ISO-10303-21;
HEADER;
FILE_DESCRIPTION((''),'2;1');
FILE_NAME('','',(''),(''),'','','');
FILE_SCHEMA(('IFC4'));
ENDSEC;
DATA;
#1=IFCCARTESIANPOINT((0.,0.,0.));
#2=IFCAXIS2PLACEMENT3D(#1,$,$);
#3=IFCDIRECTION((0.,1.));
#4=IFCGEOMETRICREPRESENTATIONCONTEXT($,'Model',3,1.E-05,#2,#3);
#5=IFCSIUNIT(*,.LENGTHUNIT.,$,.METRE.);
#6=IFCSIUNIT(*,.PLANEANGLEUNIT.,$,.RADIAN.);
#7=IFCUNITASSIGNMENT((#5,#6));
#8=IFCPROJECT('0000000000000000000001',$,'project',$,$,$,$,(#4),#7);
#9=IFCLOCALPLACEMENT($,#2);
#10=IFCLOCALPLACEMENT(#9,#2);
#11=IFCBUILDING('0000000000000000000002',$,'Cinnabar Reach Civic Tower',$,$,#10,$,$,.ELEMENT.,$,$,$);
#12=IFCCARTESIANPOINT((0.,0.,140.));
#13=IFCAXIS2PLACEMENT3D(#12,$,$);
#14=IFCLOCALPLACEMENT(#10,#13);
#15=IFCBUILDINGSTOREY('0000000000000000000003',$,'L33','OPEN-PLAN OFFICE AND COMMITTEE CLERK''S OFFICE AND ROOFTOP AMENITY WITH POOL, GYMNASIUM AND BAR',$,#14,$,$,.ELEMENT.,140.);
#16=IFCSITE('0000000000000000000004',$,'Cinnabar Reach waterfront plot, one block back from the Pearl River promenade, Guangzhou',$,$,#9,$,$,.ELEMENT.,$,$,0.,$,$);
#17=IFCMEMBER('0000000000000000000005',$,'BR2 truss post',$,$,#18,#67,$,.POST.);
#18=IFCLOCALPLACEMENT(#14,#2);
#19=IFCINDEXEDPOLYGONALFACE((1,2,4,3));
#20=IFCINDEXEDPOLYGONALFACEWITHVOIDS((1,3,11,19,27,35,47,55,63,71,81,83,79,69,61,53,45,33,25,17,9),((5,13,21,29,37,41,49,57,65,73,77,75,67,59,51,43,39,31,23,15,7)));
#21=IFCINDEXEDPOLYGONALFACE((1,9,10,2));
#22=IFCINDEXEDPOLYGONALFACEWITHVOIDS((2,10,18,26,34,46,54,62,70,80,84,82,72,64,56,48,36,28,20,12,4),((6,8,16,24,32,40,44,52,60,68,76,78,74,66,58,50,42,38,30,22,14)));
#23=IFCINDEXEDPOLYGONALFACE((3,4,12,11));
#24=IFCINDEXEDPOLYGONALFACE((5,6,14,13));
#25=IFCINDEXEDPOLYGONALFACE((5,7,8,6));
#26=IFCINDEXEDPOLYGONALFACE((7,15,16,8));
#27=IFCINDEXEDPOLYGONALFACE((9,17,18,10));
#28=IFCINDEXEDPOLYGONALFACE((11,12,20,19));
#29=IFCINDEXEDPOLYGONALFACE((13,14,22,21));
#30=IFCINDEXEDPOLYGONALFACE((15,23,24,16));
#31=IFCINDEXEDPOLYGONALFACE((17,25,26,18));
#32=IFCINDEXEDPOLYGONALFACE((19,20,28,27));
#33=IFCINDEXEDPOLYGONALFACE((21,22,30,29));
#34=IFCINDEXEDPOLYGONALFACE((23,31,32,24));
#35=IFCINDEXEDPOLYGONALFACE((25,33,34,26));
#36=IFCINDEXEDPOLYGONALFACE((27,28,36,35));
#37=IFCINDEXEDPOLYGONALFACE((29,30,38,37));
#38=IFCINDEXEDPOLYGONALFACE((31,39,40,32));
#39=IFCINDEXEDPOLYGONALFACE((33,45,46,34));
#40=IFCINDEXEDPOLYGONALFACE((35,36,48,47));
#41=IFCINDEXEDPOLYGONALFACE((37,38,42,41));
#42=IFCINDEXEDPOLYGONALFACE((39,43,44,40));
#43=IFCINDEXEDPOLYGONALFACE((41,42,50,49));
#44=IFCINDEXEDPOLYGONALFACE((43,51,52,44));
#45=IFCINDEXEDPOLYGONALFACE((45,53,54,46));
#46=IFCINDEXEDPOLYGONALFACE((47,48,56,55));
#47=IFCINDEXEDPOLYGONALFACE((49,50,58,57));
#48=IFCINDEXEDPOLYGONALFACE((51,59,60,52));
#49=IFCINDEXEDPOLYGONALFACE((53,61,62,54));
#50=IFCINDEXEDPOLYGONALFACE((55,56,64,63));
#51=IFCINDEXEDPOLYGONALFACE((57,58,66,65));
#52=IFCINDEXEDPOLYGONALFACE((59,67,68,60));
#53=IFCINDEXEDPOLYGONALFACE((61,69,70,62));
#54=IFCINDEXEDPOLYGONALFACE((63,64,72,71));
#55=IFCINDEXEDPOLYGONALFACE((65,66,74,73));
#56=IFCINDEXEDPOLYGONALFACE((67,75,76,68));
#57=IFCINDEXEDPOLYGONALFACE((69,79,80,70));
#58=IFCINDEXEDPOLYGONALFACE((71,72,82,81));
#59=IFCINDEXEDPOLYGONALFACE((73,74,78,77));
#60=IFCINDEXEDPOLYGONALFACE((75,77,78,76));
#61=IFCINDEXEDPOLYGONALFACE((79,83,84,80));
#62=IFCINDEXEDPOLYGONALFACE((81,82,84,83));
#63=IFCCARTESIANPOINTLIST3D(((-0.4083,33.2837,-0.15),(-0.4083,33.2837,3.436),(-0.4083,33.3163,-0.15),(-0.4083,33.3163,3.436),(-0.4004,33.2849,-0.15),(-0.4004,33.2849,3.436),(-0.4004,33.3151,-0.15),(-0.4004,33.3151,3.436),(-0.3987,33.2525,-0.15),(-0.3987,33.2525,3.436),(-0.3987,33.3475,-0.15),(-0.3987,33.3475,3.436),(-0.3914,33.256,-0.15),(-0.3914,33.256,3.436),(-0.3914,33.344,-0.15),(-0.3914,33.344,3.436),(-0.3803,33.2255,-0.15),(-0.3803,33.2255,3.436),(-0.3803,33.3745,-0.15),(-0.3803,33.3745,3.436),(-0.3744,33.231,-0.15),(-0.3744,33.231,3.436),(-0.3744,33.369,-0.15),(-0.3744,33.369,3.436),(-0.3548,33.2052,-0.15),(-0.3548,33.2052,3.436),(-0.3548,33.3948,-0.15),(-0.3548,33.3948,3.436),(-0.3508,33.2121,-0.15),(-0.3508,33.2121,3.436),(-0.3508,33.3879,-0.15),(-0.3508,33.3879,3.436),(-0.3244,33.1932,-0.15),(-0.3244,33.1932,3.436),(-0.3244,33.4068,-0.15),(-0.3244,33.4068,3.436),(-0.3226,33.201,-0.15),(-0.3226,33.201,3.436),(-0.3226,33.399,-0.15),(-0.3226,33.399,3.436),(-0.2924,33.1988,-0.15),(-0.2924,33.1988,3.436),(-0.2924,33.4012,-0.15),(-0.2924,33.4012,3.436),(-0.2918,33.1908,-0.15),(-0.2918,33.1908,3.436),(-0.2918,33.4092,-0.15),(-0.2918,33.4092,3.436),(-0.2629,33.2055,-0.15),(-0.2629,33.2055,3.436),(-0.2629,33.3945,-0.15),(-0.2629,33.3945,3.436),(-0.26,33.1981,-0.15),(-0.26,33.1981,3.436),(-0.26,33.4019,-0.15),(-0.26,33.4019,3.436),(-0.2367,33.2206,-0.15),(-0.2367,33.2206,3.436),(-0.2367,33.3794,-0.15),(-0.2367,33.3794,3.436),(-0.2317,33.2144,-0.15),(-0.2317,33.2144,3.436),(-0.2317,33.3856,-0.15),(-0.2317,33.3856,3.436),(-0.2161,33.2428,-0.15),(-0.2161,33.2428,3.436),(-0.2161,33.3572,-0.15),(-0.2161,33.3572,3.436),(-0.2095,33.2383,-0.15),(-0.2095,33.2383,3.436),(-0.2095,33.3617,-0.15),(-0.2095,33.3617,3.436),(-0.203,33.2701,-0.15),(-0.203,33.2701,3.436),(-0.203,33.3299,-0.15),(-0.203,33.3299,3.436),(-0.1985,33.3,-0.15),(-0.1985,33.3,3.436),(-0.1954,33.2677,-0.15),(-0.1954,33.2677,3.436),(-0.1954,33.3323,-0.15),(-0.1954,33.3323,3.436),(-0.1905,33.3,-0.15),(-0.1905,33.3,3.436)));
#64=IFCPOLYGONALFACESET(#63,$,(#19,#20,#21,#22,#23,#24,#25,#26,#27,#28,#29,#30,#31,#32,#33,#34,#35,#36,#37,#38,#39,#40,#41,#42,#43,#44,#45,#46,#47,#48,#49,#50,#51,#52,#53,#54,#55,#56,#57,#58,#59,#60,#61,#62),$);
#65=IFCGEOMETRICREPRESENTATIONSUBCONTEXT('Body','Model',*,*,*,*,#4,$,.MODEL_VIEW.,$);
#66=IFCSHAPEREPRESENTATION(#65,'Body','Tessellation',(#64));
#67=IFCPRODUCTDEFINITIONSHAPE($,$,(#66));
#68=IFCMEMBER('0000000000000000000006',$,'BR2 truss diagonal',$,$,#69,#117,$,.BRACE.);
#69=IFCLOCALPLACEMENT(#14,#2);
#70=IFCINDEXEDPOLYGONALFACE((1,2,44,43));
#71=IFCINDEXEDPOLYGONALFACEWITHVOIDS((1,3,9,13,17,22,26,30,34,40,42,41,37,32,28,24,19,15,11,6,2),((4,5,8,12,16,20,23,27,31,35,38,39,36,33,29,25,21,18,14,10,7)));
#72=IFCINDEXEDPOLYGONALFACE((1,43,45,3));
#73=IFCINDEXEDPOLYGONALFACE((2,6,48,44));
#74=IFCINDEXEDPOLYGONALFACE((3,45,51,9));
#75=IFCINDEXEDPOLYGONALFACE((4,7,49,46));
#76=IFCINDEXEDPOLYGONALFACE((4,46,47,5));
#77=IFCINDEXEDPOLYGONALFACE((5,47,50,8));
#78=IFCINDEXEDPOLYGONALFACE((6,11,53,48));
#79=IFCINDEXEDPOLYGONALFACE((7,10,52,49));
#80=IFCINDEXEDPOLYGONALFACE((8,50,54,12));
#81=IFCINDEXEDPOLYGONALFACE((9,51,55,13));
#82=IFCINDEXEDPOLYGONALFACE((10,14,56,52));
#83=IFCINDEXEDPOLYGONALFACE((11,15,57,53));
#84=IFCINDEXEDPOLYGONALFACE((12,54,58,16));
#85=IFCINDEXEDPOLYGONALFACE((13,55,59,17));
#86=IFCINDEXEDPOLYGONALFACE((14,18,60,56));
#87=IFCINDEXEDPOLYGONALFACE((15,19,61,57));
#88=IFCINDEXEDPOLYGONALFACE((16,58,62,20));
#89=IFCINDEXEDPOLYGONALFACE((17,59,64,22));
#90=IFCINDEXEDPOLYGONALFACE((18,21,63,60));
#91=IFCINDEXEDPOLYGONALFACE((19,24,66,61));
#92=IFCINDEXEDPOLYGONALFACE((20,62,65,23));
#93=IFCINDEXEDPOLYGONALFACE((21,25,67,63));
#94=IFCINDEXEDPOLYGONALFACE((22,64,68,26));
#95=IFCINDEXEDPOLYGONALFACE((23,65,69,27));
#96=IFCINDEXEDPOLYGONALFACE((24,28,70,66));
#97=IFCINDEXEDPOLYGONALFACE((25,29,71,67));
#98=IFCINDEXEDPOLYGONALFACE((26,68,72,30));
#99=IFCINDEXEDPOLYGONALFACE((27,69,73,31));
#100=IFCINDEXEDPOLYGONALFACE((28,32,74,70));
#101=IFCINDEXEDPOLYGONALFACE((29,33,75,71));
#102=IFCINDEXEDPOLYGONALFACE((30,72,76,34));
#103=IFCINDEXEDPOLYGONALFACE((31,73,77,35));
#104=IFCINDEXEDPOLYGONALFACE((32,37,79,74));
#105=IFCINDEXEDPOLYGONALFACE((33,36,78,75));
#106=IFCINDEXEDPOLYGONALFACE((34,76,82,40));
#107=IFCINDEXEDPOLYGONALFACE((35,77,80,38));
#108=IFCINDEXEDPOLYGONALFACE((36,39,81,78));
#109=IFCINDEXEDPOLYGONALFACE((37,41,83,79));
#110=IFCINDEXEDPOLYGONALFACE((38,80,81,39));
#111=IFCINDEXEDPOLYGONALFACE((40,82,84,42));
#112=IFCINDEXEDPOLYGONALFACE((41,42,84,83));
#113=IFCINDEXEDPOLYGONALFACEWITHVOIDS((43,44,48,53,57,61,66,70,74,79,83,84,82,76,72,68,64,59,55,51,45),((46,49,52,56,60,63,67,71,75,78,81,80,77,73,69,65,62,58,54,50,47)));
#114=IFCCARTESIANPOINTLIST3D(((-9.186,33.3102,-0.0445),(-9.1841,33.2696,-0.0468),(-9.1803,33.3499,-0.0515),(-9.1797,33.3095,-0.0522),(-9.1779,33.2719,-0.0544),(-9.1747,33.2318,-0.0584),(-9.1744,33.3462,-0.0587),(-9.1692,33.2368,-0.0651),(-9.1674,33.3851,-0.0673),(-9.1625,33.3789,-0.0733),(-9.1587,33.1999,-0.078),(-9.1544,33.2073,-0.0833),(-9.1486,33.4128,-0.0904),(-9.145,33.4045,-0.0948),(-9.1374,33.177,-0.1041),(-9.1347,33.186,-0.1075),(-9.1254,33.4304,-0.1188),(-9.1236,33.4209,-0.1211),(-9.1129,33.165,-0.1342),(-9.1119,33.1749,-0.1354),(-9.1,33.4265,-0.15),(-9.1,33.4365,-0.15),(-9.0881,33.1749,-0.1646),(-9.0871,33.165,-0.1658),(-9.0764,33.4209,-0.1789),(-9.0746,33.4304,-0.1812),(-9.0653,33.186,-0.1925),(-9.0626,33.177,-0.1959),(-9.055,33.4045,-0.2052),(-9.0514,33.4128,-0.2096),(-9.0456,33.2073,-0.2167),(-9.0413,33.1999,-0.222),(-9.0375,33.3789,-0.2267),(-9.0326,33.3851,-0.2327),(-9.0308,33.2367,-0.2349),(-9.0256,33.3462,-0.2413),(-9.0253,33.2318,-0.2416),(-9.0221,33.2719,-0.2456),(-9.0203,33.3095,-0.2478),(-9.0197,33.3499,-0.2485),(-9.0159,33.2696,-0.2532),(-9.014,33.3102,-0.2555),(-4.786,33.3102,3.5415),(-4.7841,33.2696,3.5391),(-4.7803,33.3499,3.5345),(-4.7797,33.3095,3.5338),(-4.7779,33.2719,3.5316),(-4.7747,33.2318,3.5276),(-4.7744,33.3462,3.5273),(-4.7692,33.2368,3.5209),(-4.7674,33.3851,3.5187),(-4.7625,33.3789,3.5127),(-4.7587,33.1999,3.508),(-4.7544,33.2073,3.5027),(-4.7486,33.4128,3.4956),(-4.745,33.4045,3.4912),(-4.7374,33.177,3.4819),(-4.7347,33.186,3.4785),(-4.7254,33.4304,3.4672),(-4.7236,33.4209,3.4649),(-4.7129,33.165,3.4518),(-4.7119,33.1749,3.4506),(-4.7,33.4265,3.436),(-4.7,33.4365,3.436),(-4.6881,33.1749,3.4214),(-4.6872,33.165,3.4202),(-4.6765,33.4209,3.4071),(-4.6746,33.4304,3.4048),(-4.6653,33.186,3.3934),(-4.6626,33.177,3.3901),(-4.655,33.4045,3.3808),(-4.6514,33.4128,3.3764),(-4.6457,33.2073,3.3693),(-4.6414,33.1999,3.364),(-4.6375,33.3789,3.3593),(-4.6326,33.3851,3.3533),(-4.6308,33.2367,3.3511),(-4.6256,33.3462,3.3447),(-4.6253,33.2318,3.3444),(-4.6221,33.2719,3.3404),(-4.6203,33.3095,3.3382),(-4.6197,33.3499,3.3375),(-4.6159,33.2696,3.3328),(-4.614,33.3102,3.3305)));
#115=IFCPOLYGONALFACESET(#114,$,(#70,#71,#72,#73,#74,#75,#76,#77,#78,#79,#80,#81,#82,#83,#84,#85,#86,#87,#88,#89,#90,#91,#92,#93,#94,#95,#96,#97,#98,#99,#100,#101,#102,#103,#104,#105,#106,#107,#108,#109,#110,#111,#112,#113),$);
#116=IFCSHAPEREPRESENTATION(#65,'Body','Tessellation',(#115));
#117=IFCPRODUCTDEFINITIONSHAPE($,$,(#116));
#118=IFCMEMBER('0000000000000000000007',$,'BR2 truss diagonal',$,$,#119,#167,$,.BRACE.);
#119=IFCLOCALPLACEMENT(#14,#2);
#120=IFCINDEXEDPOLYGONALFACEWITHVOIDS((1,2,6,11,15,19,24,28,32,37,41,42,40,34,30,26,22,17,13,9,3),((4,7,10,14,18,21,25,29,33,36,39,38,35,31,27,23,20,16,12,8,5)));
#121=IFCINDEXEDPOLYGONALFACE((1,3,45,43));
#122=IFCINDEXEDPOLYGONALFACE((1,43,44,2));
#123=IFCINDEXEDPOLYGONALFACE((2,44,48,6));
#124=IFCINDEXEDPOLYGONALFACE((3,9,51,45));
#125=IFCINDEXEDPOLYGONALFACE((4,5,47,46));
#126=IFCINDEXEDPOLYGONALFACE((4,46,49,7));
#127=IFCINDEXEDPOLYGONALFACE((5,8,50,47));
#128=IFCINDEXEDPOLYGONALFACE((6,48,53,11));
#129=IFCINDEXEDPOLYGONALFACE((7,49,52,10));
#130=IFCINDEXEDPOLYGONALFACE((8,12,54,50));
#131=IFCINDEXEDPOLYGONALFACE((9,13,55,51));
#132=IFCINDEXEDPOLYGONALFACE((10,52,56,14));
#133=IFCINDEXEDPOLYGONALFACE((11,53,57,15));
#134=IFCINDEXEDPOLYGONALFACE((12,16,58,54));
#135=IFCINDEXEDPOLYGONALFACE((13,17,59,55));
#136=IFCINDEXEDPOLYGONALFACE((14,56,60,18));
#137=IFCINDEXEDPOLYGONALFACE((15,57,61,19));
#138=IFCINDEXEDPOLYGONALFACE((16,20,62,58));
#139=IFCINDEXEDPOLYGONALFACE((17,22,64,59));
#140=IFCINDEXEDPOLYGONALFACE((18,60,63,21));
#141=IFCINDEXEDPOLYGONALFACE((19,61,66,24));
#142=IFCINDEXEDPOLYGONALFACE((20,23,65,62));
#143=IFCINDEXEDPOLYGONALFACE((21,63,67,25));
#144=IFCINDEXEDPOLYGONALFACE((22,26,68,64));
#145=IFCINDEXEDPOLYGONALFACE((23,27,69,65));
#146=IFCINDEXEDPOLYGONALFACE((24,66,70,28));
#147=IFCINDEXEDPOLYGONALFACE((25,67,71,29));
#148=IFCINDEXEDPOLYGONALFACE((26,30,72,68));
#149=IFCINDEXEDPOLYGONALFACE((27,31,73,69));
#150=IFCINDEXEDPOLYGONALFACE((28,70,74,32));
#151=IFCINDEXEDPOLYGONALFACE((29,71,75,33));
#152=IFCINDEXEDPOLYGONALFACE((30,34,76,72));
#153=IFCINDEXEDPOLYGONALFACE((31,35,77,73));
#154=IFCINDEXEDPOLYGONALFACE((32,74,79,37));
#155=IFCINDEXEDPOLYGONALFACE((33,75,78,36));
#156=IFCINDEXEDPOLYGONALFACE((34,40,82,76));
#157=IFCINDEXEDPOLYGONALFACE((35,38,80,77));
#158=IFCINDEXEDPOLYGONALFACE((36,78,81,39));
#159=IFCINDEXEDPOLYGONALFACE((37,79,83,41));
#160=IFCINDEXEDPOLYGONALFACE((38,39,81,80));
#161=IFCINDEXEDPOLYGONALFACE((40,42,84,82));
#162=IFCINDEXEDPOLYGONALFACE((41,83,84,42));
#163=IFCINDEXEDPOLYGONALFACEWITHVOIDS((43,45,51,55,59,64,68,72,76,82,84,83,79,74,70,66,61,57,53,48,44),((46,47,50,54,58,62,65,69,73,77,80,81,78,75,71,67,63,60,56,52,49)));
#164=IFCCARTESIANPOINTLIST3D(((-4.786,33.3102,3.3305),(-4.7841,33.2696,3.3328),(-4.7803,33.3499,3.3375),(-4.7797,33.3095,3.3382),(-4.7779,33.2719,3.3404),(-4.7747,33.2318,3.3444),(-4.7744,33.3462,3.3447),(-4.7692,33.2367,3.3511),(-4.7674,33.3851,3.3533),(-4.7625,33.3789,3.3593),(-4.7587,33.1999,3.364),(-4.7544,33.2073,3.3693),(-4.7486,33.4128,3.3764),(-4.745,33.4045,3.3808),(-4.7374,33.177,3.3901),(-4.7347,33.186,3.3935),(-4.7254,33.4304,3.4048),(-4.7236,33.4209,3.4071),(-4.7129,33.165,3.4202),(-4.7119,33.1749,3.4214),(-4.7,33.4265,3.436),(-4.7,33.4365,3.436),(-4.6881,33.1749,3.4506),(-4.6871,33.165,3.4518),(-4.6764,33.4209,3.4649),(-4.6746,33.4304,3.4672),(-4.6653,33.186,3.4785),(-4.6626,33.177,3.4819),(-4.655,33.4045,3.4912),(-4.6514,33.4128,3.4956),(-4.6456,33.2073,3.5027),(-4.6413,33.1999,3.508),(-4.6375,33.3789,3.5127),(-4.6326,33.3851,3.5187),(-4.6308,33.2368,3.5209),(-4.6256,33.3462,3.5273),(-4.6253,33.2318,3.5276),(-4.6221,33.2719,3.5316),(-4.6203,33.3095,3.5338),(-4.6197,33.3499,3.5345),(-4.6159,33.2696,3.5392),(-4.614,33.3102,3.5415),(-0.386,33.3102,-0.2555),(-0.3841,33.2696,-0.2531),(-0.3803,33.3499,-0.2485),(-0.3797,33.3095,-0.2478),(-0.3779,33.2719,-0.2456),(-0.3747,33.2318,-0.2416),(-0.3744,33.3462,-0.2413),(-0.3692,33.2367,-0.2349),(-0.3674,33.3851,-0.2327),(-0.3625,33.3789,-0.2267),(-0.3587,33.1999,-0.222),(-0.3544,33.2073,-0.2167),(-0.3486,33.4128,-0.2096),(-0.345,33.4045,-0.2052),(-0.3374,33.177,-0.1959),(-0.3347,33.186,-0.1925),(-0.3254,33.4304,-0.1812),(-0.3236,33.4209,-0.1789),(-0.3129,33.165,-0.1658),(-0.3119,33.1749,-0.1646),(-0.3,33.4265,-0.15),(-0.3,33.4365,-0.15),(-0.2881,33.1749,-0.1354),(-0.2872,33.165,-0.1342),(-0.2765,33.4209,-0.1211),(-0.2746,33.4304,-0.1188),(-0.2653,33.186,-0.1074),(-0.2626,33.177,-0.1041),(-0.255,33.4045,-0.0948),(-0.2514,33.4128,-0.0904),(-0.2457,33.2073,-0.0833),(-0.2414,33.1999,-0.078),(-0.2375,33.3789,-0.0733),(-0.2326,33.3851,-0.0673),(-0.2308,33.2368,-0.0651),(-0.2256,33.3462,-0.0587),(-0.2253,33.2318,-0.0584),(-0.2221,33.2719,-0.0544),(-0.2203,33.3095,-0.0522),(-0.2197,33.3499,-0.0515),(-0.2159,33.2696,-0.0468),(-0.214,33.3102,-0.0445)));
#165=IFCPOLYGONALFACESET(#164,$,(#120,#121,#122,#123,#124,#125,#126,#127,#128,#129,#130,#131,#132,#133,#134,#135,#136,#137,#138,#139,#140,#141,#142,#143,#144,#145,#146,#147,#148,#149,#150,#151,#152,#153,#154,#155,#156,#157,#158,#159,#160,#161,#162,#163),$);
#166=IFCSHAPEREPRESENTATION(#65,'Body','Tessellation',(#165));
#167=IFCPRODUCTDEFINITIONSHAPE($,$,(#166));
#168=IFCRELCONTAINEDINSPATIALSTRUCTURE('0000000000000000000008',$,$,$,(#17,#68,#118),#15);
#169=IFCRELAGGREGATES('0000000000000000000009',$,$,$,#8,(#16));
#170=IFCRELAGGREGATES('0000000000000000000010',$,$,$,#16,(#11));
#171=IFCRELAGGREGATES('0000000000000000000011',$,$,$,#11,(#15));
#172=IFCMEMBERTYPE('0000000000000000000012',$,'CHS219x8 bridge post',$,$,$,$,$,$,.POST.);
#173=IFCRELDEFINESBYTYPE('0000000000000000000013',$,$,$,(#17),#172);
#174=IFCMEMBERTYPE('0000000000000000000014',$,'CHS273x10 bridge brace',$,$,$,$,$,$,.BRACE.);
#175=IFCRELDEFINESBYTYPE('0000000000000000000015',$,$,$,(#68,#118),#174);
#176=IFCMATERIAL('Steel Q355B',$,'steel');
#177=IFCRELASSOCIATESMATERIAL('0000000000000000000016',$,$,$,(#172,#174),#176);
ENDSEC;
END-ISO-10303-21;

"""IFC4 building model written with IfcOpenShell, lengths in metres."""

from ifc_helpers import new_model, si_unit, direction, frame, origin, origin_2d, place, context, subcontext, project, spatial, hollow_circle, extrude, material, material_profile, profile_set, type_object, element, save


model = new_model("IFC4")

# Units and contexts
model_context = context("Model", 3, precision=1e-05, world=origin(), true_north=direction((0.0, 1.0)))
body_context = subcontext(model_context, "Body", "Model", "MODEL_VIEW")
ifc_project = project(units=[si_unit("LENGTHUNIT", "METRE"), si_unit("PLANEANGLEUNIT", "RADIAN")], contexts=[model_context])

# Site, building, storey
site_placement = place(None, origin())
site = spatial("IfcSite", under=ifc_project, at=site_placement, Name="Cinnabar Reach waterfront plot, one block back from the Pearl River promenade, Guangzhou", CompositionType="ELEMENT", RefElevation=0.0)
building_placement = place(site_placement, origin())
building = spatial("IfcBuilding", under=site, at=building_placement, Name="Cinnabar Reach Civic Tower", CompositionType="ELEMENT")
storey_placement = place(building_placement, frame((0.0, 0.0, 140.0)))
storey = spatial("IfcBuildingStorey", under=building, at=storey_placement, Name="L33", Description="OPEN-PLAN OFFICE AND COMMITTEE CLERK'S OFFICE AND ROOFTOP AMENITY WITH POOL, GYMNASIUM AND BAR", CompositionType="ELEMENT", Elevation=140.0)

# Members
ifc_material_1 = material(Name="Steel Q355B", Category="steel")
ifc_material_profile_1 = material_profile(ifc_material_1, hollow_circle(Radius=0.1095, WallThickness=0.008, at=origin_2d()), Name="CHS219x8")
ifc_profile_set_1 = profile_set([ifc_material_profile_1], Name="Steel Q355B")
member_type_1 = type_object("IfcMemberType", Name="CHS219x8 bridge post", PredefinedType="POST", material=ifc_profile_set_1)
for number, where, z_axis, x_axis, name in (
    (1, (-0.3, 33.3, -0.15), (0.0, 0.0, 1.0), (1.0, 0.0, 0.0), "BR2 truss post"),
):
    element("IfcMember", number, at=place(storey_placement, frame(where, z_axis=z_axis, x_axis=x_axis)), inside=storey, type_object=member_type_1, Name=name, PredefinedType="POST", context=body_context, shape_type="SweptSolid", body=[
        extrude(hollow_circle(Radius=0.1095, WallThickness=0.008, at=origin_2d()), origin(), (0.0, 0.0, 1.0), 3.586),
    ])
ifc_material_profile_2 = material_profile(ifc_material_1, hollow_circle(Radius=0.1365, WallThickness=0.01, at=origin_2d()), Name="CHS273x10")
ifc_profile_set_2 = profile_set([ifc_material_profile_2], Name="Steel Q355B")
member_type_2 = type_object("IfcMemberType", Name="CHS273x10 bridge brace", PredefinedType="BRACE", material=ifc_profile_set_2)
for number, where, z_axis, x_axis, name in (
    (2, (-9.1, 33.3, -0.15), (0.775165, 0.0, 0.631759), (0.0, 1.0, 0.0), "BR2 truss diagonal"),
    (3, (-4.7, 33.3, 3.436), (0.775165, 0.0, -0.631759), (0.0, 1.0, 0.0), "BR2 truss diagonal"),
):
    element("IfcMember", number, at=place(storey_placement, frame(where, z_axis=z_axis, x_axis=x_axis)), inside=storey, type_object=member_type_2, Name=name, PredefinedType="BRACE", context=body_context, shape_type="SweptSolid", body=[
        extrude(hollow_circle(Radius=0.1365, WallThickness=0.01, at=origin_2d()), origin(), (0.0, 0.0, 1.0), 5.6762),
    ])

save(model, "model.ifc")
